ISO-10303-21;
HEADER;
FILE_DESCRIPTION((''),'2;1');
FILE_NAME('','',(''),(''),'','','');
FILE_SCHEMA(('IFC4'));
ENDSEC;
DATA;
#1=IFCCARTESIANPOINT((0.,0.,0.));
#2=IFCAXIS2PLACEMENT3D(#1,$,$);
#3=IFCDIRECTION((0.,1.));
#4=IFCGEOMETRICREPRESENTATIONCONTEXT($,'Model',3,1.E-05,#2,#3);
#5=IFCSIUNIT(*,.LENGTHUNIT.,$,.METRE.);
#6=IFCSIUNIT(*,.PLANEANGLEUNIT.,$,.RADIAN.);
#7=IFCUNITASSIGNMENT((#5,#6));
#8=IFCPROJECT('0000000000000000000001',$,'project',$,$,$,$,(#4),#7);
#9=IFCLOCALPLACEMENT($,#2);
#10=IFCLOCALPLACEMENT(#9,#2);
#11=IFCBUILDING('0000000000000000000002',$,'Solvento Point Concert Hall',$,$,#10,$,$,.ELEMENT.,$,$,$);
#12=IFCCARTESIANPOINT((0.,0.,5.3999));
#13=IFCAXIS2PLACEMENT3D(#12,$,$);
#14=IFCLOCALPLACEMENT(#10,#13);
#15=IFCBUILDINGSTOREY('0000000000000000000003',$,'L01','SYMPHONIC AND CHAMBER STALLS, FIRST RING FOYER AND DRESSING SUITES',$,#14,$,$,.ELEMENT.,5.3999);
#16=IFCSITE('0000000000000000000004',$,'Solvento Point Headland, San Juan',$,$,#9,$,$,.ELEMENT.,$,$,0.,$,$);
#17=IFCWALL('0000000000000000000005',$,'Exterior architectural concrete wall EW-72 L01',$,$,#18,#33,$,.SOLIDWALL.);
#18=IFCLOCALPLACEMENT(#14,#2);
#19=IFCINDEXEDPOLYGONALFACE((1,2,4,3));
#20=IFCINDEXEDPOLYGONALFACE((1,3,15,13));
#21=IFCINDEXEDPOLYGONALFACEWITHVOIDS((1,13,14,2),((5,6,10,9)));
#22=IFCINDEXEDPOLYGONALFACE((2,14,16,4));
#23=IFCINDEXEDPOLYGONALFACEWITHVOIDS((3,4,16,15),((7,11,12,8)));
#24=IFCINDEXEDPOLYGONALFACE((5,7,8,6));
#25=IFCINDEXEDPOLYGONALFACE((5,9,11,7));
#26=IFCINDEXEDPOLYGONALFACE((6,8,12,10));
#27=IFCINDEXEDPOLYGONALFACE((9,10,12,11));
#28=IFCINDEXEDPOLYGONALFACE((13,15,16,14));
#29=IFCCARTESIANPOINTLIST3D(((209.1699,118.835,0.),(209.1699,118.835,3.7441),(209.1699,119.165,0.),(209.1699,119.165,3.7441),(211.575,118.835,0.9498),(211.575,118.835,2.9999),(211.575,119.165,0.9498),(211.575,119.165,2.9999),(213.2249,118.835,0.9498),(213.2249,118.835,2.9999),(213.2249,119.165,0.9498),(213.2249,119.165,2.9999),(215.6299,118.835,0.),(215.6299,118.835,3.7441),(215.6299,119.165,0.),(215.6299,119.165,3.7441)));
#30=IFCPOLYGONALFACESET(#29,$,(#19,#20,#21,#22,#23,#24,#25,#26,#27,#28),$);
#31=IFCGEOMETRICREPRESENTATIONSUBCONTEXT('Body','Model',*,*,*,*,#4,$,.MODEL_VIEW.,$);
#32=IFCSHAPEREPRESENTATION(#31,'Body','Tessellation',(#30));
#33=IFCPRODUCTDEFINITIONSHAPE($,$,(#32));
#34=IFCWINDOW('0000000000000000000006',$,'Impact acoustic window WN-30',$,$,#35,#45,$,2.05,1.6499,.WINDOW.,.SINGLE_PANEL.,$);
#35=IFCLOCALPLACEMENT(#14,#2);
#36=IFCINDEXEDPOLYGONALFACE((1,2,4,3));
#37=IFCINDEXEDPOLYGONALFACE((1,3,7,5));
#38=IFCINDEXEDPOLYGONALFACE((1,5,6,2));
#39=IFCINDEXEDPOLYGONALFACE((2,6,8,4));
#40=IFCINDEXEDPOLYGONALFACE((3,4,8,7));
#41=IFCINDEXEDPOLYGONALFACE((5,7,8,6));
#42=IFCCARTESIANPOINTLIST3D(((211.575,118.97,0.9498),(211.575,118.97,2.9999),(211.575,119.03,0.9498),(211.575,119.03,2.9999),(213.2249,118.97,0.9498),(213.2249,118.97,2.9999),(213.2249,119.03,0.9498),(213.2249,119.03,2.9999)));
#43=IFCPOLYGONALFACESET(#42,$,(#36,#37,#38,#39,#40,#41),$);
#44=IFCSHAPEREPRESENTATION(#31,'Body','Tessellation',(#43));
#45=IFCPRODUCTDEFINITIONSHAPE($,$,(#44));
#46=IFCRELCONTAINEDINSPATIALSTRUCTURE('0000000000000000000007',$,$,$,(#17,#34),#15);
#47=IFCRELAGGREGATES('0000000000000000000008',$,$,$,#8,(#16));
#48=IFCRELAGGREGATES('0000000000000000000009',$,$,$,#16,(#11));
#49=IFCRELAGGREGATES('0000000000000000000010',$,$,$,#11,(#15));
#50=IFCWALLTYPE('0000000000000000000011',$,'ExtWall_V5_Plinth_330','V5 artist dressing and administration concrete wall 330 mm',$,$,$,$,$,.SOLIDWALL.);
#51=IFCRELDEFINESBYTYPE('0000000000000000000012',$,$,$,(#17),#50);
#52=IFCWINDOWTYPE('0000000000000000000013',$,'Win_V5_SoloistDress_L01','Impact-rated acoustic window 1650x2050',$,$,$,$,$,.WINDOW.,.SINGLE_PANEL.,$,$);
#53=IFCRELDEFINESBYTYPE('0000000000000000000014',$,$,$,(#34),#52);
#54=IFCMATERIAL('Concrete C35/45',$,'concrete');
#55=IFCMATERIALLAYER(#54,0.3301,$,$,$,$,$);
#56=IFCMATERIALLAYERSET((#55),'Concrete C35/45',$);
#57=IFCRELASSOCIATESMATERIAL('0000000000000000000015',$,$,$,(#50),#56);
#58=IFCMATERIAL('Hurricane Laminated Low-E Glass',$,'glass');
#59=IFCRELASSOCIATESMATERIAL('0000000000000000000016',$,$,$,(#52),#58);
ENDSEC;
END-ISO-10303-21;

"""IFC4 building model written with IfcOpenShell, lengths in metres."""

from ifc_helpers import new_model, si_unit, direction, frame, frame_2d, origin, place, context, subcontext, project, spatial, rectangle, extrude, material, layer, layer_set, type_object, element, fill, save


model = new_model("IFC4")

# Units and contexts
model_context = context("Model", 3, precision=1e-05, world=origin(), true_north=direction((0.0, 1.0)))
body_context = subcontext(model_context, "Body", "Model", "MODEL_VIEW")
ifc_project = project(units=[si_unit("LENGTHUNIT", "METRE"), si_unit("PLANEANGLEUNIT", "RADIAN")], contexts=[model_context])

# Site, building, storey
site_placement = place(None, origin())
site = spatial("IfcSite", under=ifc_project, at=site_placement, Name="Solvento Point Headland, San Juan", CompositionType="ELEMENT", RefElevation=0.0)
building_placement = place(site_placement, origin())
building = spatial("IfcBuilding", under=site, at=building_placement, Name="Solvento Point Concert Hall", CompositionType="ELEMENT")
storey_placement = place(building_placement, frame((0.0, 0.0, 5.3999)))
storey = spatial("IfcBuildingStorey", under=building, at=storey_placement, Name="L01", Description="SYMPHONIC AND CHAMBER STALLS, FIRST RING FOYER AND DRESSING SUITES", CompositionType="ELEMENT", Elevation=5.3999)

# Shared definitions
ifc_material_1 = material(Name="Concrete C35/45", Category="concrete")
ifc_layer = layer(ifc_material_1, 0.3301)
ifc_layer_set = layer_set([ifc_layer], Name="Concrete C35/45")
wall_type = type_object("IfcWallType", Name="ExtWall_V5_Plinth_330", Description="V5 artist dressing and administration concrete wall 330 mm", PredefinedType="SOLIDWALL", material=ifc_layer_set)
ifc_material_2 = material(Name="Hurricane Laminated Low-E Glass", Category="glass")
window_type = type_object("IfcWindowType", Name="Win_V5_SoloistDress_L01", Description="Impact-rated acoustic window 1650x2050", PartitioningType="SINGLE_PANEL", PredefinedType="WINDOW", material=ifc_material_2)

# Wall, opening, window
wall_1_placement = place(storey_placement, frame((215.6299, 119.0, 0.0), z_axis=(0.0, 0.0, 1.0), x_axis=(-1.0, 0.0, 0.0)))
wall_1 = element("IfcWall", 1, at=wall_1_placement, inside=storey, type_object=wall_type, Name="Exterior architectural concrete wall EW-72 L01", PredefinedType="SOLIDWALL", context=body_context, shape_type="SweptSolid", body=[
    extrude(rectangle(XDim=6.46, YDim=0.3301, at=frame_2d((3.23, 0.0))), origin(), (0.0, 0.0, 1.0), 3.7441),
])
opening_1_placement = place(wall_1_placement, frame((2.405, 0.0, 0.95)))
opening_1 = element("IfcOpeningElement", 2, at=opening_1_placement, cuts=wall_1, PredefinedType="OPENING", context=body_context, shape_type="SweptSolid", body=[
    extrude(rectangle(XDim=1.6499, YDim=2.05, at=frame_2d((0.825, 1.0249))), frame((0.0, 0.175, 0.0), z_axis=(0.0, -1.0, 0.0), x_axis=(1.0, 0.0, 0.0)), (0.0, 0.0, 1.0), 0.3501),
])
window_1_placement = place(opening_1_placement, origin())
window_1 = element("IfcWindow", 3, at=window_1_placement, inside=storey, type_object=window_type, Name="Impact acoustic window WN-30", OverallHeight=2.05, OverallWidth=1.6499, PartitioningType="SINGLE_PANEL", PredefinedType="WINDOW", context=body_context, shape_type="SweptSolid", body=[
    extrude(rectangle(XDim=1.6499, YDim=2.05, at=frame_2d((0.825, 1.0249))), frame((0.0, 0.03, 0.0), z_axis=(0.0, -1.0, 0.0), x_axis=(1.0, 0.0, 0.0)), (0.0, 0.0, 1.0), 0.0601),
])
fill(opening_1, window_1)

save(model, "model.ifc")
